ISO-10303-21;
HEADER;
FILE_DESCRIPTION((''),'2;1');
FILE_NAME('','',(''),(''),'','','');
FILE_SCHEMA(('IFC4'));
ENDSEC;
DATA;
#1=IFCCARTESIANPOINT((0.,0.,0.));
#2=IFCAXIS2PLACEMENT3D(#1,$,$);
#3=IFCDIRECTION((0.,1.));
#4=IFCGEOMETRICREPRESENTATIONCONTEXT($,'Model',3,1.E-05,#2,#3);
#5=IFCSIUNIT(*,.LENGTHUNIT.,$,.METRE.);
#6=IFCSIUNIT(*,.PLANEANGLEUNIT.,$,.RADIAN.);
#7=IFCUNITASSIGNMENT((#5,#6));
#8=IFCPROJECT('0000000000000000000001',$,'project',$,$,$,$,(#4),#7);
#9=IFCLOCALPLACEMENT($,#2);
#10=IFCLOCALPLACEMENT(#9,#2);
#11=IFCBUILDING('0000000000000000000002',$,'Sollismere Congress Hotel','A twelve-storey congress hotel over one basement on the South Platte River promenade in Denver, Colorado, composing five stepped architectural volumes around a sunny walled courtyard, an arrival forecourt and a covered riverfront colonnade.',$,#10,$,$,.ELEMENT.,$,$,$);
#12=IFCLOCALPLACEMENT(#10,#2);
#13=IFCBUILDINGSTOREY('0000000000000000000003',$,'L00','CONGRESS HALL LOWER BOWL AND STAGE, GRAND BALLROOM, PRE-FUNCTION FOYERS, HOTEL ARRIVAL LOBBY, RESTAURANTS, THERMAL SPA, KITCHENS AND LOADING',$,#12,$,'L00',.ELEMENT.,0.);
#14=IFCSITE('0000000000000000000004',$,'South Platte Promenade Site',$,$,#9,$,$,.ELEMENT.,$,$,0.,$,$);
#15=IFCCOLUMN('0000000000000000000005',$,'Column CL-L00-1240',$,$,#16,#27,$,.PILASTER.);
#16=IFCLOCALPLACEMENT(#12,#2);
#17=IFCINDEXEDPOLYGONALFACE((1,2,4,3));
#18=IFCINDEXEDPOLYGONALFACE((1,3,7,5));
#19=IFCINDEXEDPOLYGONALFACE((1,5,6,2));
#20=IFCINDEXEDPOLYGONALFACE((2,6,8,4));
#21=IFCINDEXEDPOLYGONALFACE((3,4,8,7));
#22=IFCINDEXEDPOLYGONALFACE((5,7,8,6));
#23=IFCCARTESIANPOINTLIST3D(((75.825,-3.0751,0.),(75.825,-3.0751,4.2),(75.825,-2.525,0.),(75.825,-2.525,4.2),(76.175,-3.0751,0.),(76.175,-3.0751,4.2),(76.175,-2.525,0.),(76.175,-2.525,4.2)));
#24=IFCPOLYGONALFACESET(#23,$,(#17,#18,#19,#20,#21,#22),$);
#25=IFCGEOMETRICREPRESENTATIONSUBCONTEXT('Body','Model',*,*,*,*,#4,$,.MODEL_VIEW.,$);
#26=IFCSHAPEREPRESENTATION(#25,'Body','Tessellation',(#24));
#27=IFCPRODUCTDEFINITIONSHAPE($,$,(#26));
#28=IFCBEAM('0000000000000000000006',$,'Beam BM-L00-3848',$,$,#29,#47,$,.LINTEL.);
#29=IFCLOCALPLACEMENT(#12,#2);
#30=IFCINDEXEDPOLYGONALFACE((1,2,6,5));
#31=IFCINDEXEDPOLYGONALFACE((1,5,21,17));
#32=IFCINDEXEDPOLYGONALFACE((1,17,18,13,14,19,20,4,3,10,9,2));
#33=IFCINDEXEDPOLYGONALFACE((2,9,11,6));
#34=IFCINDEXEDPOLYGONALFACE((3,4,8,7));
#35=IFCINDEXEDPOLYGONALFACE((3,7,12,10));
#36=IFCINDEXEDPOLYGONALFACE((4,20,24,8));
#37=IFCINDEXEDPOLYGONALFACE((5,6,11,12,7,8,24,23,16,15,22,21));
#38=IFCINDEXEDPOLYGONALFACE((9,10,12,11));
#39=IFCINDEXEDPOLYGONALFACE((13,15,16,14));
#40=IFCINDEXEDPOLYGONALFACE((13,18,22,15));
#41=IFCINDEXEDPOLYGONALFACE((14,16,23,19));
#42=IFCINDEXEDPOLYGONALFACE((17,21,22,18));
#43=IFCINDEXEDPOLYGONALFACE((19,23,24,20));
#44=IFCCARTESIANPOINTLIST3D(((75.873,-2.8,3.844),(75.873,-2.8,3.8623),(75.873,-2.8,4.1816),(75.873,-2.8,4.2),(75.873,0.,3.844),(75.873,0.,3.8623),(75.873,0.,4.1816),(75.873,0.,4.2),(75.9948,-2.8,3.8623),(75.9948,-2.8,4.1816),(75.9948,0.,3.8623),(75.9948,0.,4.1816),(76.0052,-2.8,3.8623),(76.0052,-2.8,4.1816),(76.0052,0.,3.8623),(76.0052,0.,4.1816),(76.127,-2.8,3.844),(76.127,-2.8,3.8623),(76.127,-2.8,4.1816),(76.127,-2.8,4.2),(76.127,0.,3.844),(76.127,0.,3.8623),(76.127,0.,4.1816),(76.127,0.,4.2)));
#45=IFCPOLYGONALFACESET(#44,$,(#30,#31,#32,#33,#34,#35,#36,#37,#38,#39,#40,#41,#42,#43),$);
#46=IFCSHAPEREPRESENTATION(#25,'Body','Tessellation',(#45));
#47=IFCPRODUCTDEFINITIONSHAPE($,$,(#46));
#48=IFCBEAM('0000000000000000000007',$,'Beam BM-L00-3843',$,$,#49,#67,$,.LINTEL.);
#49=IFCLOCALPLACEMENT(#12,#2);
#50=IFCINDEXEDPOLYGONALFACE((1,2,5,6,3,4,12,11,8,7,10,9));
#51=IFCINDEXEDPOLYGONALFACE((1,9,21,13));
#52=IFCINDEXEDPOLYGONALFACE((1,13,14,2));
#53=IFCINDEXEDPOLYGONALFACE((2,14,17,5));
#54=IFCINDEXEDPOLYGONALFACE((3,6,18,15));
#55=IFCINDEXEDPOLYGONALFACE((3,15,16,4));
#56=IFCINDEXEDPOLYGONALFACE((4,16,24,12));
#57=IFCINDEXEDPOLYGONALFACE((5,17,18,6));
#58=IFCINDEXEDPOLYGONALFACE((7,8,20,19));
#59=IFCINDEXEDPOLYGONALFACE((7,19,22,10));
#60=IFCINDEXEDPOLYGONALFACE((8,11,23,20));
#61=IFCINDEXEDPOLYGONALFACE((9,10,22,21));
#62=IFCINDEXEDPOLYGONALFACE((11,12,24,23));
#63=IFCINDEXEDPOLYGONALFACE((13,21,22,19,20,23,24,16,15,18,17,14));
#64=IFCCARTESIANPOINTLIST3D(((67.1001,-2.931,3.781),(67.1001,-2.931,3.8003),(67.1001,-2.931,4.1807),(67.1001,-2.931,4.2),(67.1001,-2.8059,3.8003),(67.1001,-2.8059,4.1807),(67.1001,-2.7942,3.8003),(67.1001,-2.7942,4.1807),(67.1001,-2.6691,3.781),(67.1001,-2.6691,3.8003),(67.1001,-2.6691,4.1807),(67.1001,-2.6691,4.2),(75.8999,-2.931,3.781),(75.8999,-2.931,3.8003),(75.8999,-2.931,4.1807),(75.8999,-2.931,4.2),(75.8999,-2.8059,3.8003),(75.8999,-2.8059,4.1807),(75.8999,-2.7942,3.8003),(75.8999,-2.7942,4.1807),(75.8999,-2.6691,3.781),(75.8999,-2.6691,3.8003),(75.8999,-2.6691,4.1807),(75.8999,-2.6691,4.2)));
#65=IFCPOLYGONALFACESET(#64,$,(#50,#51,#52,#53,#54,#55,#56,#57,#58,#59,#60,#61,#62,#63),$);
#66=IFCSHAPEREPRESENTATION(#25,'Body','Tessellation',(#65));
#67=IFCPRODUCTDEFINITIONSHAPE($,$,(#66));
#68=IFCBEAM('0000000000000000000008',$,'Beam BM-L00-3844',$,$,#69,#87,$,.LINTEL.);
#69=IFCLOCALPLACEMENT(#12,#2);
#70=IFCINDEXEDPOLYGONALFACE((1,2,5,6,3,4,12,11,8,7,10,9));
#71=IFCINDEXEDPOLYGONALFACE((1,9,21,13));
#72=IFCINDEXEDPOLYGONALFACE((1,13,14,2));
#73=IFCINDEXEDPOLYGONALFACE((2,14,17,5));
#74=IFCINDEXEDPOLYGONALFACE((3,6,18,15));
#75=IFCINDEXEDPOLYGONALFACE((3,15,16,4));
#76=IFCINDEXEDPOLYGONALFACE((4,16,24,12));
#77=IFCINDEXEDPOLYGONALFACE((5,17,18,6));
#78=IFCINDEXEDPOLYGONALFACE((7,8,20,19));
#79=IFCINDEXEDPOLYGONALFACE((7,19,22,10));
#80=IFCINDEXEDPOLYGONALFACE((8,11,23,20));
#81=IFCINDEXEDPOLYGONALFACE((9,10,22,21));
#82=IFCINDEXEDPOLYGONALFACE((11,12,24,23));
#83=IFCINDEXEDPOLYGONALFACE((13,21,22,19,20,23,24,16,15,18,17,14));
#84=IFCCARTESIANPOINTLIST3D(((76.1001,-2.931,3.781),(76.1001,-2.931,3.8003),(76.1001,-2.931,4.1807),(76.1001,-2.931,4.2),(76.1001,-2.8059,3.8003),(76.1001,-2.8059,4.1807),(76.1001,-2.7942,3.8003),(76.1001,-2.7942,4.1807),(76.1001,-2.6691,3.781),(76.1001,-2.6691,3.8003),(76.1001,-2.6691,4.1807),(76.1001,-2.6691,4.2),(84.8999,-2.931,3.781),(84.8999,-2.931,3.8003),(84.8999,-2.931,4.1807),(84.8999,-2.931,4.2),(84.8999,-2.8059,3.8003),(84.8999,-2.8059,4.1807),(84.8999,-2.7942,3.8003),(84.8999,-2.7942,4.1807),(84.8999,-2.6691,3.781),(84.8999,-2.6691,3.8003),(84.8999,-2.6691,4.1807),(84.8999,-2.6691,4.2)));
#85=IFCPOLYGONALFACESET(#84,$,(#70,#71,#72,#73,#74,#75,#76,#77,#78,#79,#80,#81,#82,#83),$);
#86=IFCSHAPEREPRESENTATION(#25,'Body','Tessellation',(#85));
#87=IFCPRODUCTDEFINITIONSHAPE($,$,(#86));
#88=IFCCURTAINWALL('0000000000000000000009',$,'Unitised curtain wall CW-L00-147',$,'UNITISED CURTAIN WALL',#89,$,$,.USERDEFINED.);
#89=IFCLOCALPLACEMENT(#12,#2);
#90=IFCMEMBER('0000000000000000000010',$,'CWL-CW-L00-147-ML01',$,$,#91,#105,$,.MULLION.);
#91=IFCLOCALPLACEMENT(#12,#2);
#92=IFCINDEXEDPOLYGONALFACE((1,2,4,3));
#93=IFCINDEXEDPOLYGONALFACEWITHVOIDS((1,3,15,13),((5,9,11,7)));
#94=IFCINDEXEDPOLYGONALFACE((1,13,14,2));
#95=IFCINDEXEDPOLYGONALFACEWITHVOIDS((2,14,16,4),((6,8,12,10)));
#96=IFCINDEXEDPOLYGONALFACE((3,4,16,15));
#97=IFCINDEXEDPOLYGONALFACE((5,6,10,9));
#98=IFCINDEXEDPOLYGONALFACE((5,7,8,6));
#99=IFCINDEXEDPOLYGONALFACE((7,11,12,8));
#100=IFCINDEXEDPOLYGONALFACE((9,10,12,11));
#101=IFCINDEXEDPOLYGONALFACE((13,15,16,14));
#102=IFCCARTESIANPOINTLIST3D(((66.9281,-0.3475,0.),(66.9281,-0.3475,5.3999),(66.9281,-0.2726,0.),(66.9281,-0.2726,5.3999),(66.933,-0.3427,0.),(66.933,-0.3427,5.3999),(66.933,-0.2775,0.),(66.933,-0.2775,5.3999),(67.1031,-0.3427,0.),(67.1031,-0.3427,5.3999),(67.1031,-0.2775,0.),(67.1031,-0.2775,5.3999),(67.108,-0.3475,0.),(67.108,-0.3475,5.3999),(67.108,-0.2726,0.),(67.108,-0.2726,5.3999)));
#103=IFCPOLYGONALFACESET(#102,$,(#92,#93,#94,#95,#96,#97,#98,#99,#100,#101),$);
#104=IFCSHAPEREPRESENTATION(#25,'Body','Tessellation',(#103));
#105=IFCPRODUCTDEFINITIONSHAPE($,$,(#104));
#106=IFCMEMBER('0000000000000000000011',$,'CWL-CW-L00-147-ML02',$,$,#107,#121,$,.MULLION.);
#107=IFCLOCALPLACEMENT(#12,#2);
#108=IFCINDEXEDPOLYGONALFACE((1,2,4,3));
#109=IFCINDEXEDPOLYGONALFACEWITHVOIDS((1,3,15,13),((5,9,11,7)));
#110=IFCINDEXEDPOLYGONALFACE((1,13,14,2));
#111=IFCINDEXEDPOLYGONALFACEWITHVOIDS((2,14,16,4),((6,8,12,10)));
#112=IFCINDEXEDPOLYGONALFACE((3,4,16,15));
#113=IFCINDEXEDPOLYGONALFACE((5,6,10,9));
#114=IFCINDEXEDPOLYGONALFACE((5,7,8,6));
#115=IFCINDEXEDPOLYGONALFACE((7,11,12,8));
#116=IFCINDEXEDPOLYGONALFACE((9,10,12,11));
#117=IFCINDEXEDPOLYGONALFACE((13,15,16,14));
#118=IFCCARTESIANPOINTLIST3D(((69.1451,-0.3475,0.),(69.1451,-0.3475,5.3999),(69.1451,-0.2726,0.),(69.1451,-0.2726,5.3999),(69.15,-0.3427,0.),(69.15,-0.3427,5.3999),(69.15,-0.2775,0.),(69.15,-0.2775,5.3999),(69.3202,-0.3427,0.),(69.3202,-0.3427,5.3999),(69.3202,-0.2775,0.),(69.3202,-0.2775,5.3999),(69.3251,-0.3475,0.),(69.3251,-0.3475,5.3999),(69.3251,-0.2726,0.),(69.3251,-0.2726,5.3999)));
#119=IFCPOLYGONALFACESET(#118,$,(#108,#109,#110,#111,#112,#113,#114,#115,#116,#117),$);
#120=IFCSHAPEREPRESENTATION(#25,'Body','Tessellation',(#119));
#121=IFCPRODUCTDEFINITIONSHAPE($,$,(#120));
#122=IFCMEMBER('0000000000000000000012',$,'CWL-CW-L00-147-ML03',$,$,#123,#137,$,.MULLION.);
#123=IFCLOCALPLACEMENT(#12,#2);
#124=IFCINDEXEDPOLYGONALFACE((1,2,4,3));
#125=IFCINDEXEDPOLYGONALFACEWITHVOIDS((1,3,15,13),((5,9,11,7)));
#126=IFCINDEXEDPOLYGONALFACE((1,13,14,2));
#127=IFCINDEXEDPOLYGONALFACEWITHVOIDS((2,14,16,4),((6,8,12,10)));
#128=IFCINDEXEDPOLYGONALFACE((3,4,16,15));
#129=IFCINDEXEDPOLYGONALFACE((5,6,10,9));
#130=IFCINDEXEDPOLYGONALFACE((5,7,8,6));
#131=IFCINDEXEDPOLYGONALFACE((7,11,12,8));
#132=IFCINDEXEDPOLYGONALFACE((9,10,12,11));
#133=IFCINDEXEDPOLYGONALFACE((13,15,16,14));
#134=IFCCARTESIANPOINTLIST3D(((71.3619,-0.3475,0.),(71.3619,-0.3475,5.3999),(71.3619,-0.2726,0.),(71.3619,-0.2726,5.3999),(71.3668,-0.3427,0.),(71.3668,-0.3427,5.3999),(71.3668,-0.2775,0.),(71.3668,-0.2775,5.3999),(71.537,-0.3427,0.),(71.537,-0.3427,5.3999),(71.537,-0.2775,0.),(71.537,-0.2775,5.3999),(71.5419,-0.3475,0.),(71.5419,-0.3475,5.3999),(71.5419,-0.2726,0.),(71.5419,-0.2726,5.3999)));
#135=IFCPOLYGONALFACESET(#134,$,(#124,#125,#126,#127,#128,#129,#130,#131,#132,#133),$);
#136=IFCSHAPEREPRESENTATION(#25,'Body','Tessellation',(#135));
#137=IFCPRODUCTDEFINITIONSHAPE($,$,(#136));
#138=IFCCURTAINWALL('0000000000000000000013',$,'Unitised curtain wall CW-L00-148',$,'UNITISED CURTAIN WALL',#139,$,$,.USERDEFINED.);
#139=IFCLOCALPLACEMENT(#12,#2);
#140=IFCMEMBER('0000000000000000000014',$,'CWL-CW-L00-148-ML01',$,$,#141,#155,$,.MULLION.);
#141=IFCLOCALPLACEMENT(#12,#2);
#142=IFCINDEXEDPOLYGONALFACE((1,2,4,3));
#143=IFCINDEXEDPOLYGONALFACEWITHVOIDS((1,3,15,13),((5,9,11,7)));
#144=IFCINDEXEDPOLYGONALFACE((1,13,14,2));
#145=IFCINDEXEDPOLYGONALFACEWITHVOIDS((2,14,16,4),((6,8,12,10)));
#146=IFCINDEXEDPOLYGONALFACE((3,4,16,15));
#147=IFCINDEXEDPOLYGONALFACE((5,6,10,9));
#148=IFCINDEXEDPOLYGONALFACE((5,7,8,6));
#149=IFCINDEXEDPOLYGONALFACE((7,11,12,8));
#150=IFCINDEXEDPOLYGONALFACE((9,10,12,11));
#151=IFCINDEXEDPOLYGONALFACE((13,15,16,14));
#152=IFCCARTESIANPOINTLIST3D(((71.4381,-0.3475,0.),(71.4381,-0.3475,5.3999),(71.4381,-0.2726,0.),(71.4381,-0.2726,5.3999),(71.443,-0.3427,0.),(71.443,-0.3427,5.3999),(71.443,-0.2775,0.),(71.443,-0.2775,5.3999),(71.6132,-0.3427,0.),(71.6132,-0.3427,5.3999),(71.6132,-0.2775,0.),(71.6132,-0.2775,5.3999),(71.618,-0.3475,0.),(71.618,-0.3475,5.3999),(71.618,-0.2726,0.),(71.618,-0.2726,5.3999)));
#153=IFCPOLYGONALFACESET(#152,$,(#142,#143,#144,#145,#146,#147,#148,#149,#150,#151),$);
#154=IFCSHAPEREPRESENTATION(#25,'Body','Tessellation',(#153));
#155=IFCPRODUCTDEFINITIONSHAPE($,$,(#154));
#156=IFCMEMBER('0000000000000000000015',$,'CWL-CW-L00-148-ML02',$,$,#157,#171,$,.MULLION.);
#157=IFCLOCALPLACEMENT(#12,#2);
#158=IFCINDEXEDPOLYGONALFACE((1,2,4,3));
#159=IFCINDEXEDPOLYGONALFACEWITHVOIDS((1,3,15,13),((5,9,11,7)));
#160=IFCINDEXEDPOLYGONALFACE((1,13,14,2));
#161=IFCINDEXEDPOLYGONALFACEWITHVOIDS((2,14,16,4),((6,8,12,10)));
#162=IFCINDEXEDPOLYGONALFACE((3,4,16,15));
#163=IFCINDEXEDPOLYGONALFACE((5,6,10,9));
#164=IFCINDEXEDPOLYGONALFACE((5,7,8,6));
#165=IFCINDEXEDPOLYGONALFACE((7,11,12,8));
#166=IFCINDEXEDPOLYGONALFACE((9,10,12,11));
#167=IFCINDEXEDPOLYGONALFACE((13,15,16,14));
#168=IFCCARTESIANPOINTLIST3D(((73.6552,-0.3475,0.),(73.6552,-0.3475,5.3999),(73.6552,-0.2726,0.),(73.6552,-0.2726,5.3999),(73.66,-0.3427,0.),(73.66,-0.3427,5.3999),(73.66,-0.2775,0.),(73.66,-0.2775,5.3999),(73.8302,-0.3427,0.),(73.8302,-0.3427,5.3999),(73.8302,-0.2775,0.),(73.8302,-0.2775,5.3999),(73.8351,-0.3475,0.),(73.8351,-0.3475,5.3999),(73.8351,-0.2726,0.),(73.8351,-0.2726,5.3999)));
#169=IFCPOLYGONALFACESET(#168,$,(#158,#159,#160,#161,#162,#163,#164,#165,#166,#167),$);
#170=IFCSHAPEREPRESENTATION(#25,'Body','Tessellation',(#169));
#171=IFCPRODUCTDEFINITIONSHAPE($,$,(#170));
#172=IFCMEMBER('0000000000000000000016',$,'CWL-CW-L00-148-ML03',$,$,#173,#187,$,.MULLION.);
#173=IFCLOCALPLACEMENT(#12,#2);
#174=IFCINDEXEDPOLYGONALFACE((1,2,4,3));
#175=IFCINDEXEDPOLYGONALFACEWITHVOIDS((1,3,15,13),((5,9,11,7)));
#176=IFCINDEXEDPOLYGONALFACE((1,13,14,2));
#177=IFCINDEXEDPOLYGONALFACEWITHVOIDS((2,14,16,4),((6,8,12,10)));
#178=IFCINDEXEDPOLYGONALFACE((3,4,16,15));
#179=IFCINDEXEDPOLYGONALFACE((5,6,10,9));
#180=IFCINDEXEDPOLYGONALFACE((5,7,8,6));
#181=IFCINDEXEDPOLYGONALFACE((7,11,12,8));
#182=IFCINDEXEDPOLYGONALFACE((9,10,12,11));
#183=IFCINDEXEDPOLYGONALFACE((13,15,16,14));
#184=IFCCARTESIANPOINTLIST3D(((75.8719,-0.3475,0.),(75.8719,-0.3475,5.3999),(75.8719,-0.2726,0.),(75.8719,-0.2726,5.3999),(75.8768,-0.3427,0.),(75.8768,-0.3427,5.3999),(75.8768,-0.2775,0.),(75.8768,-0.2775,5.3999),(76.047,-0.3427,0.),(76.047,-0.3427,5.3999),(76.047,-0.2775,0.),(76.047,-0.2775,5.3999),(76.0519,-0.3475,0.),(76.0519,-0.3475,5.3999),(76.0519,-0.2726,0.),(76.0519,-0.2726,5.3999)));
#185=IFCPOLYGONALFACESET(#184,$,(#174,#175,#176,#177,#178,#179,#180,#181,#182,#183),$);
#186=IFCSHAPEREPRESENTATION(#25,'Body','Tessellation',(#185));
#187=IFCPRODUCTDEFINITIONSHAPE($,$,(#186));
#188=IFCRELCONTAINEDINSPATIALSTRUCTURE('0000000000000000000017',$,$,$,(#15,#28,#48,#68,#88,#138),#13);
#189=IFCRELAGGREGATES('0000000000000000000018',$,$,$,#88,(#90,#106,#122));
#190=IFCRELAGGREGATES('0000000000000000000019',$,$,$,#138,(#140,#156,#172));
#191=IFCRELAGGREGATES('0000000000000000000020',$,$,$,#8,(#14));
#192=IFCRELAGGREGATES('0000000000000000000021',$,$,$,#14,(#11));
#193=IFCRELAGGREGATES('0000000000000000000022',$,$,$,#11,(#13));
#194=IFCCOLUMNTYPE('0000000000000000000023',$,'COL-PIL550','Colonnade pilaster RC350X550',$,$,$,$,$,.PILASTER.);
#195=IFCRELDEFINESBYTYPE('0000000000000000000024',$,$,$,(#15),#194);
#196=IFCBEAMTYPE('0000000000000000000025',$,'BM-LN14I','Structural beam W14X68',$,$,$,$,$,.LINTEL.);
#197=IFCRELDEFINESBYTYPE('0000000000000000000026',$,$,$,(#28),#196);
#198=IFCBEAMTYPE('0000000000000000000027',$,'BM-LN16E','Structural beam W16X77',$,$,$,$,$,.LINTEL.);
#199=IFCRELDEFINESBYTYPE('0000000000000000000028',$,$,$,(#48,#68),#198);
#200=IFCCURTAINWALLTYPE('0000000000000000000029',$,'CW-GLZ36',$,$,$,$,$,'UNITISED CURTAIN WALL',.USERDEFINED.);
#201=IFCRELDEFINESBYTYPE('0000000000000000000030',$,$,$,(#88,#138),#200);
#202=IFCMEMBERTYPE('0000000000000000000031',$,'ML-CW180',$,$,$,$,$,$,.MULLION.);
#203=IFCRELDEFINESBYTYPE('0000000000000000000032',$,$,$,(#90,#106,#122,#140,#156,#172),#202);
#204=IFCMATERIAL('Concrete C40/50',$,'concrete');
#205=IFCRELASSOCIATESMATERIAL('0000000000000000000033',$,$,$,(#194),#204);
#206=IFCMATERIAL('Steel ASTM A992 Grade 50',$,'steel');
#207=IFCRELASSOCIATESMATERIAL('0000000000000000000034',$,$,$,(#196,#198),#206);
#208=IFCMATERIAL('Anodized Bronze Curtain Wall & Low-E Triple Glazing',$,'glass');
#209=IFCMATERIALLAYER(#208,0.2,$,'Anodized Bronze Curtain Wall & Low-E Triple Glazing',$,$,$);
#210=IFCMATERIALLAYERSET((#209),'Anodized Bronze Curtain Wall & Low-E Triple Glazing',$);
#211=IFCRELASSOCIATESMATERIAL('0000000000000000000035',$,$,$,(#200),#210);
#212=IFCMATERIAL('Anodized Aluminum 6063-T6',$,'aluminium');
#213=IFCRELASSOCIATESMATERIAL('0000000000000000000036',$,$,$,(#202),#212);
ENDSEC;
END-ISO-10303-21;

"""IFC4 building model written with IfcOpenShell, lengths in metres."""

from ifc_helpers import new_model, si_unit, direction, frame, origin, origin_2d, place, context, subcontext, project, spatial, rectangle, hollow_rectangle, i_section, extrude, material, layer, layer_set, material_profile, profile_set, type_object, element, aggregate, save


model = new_model("IFC4")

# Units and contexts
model_context = context("Model", 3, precision=1e-05, world=origin(), true_north=direction((0.0, 1.0)))
body_context = subcontext(model_context, "Body", "Model", "MODEL_VIEW")
ifc_project = project(units=[si_unit("LENGTHUNIT", "METRE"), si_unit("PLANEANGLEUNIT", "RADIAN")], contexts=[model_context])

# Site, building, storey
site_placement = place(None, origin())
site = spatial("IfcSite", under=ifc_project, at=site_placement, Name="South Platte Promenade Site", CompositionType="ELEMENT", RefElevation=0.0)
building_placement = place(site_placement, origin())
building = spatial("IfcBuilding", under=site, at=building_placement, Name="Sollismere Congress Hotel", Description="A twelve-storey congress hotel over one basement on the South Platte River promenade in Denver, Colorado, composing five stepped architectural volumes around a sunny walled courtyard, an arrival forecourt and a covered riverfront colonnade.", CompositionType="ELEMENT")
storey_placement = place(building_placement, origin())
storey = spatial("IfcBuildingStorey", under=building, at=storey_placement, Name="L00", Description="CONGRESS HALL LOWER BOWL AND STAGE, GRAND BALLROOM, PRE-FUNCTION FOYERS, HOTEL ARRIVAL LOBBY, RESTAURANTS, THERMAL SPA, KITCHENS AND LOADING", LongName="L00", CompositionType="ELEMENT", Elevation=0.0)

# Column
ifc_material_1 = material(Name="Concrete C40/50", Category="concrete")
ifc_material_profile_1 = material_profile(ifc_material_1, rectangle(XDim=0.3501, YDim=0.55, at=origin_2d()), Name="RC350X550")
ifc_profile_set_1 = profile_set([ifc_material_profile_1], Name="Concrete C40/50")
column_type = type_object("IfcColumnType", Name="COL-PIL550", Description="Colonnade pilaster RC350X550", PredefinedType="PILASTER", material=ifc_profile_set_1)
column_placement = place(storey_placement, frame((76.0, -2.8, 0.0), z_axis=(0.0, 0.0, 1.0), x_axis=(1.0, 0.0, 0.0)))
element("IfcColumn", 1, at=column_placement, inside=storey, type_object=column_type, Name="Column CL-L00-1240", PredefinedType="PILASTER", context=body_context, shape_type="SweptSolid", body=[
    extrude(rectangle(XDim=0.3501, YDim=0.55, at=origin_2d()), origin(), (0.0, 0.0, 1.0), 4.2),
])

# Beams
ifc_material_2 = material(Name="Steel ASTM A992 Grade 50", Category="steel")
ifc_material_profile_2 = material_profile(ifc_material_2, i_section(OverallWidth=0.2539, OverallDepth=0.356, WebThickness=0.0105, FlangeThickness=0.0183, at=origin_2d()), Name="W14X68")
ifc_profile_set_2 = profile_set([ifc_material_profile_2], Name="Steel ASTM A992 Grade 50")
beam_type_1 = type_object("IfcBeamType", Name="BM-LN14I", Description="Structural beam W14X68", PredefinedType="LINTEL", material=ifc_profile_set_2)
beam_placement = place(storey_placement, frame((76.0, -2.8, 4.022), z_axis=(0.0, 1.0, 0.0), x_axis=(-1.0, 0.0, 0.0)))
element("IfcBeam", 2, at=beam_placement, inside=storey, type_object=beam_type_1, Name="Beam BM-L00-3848", PredefinedType="LINTEL", context=body_context, shape_type="SweptSolid", body=[
    extrude(i_section(OverallWidth=0.2539, OverallDepth=0.356, WebThickness=0.0105, FlangeThickness=0.0183, at=origin_2d()), origin(), (0.0, 0.0, 1.0), 2.8),
])
ifc_material_profile_3 = material_profile(ifc_material_2, i_section(OverallWidth=0.262, OverallDepth=0.4189, WebThickness=0.0117, FlangeThickness=0.0193, at=origin_2d()), Name="W16X77")
ifc_profile_set_3 = profile_set([ifc_material_profile_3], Name="Steel ASTM A992 Grade 50")
beam_type_2 = type_object("IfcBeamType", Name="BM-LN16E", Description="Structural beam W16X77", PredefinedType="LINTEL", material=ifc_profile_set_3)
for number, where, z_axis, x_axis, name in (
    (3, (67.1001, -2.8, 3.9905), (1.0, 0.0, 0.0), (0.0, 1.0, 0.0), "Beam BM-L00-3843"),
    (4, (76.1001, -2.8, 3.9905), (1.0, 0.0, 0.0), (0.0, 1.0, 0.0), "Beam BM-L00-3844"),
):
    element("IfcBeam", number, at=place(storey_placement, frame(where, z_axis=z_axis, x_axis=x_axis)), inside=storey, type_object=beam_type_2, Name=name, PredefinedType="LINTEL", context=body_context, shape_type="SweptSolid", body=[
        extrude(i_section(OverallWidth=0.262, OverallDepth=0.4189, WebThickness=0.0117, FlangeThickness=0.0193, at=origin_2d()), origin(), (0.0, 0.0, 1.0), 8.7998),
    ])

# Curtain walls, members
ifc_material_3 = material(Name="Anodized Bronze Curtain Wall & Low-E Triple Glazing", Category="glass")
ifc_layer_1 = layer(ifc_material_3, 0.2, Name="Anodized Bronze Curtain Wall & Low-E Triple Glazing")
ifc_layer_set_1 = layer_set([ifc_layer_1], Name="Anodized Bronze Curtain Wall & Low-E Triple Glazing")
curtain_wall_type = type_object("IfcCurtainWallType", Name="CW-GLZ36", ElementType="UNITISED CURTAIN WALL", PredefinedType="USERDEFINED", material=ifc_layer_set_1)
curtain_wall_1_placement = place(storey_placement, origin())
curtain_wall_1 = element("IfcCurtainWall", 5, at=curtain_wall_1_placement, inside=storey, type_object=curtain_wall_type, Name="Unitised curtain wall CW-L00-147", ObjectType="UNITISED CURTAIN WALL", PredefinedType="USERDEFINED")
ifc_material_4 = material(Name="Anodized Aluminum 6063-T6", Category="aluminium")
ifc_material_profile_4 = material_profile(ifc_material_4, hollow_rectangle(XDim=0.075, YDim=0.1799, WallThickness=0.0049, at=origin_2d()), Name="ALU180X75X5")
ifc_profile_set_4 = profile_set([ifc_material_profile_4], Name="Anodized Aluminum 6063-T6")
member_type_1 = type_object("IfcMemberType", Name="ML-CW180", PredefinedType="MULLION", material=ifc_profile_set_4)
member_1_placement = place(storey_placement, frame((67.0181, -0.3101, 0.0), z_axis=(0.0, 0.0, 1.0), x_axis=(0.0, 1.0, 0.0)))
member_1 = element("IfcMember", 6, at=member_1_placement, type_object=member_type_1, Name="CWL-CW-L00-147-ML01", PredefinedType="MULLION", context=body_context, shape_type="SweptSolid", body=[
    extrude(hollow_rectangle(XDim=0.075, YDim=0.1799, WallThickness=0.0049, at=origin_2d()), origin(), (0.0, 0.0, 1.0), 5.3999),
])
member_2_placement = place(storey_placement, frame((69.2351, -0.3101, 0.0), z_axis=(0.0, 0.0, 1.0), x_axis=(0.0, 1.0, 0.0)))
member_2 = element("IfcMember", 7, at=member_2_placement, type_object=member_type_1, Name="CWL-CW-L00-147-ML02", PredefinedType="MULLION", context=body_context, shape_type="SweptSolid", body=[
    extrude(hollow_rectangle(XDim=0.075, YDim=0.1799, WallThickness=0.0049, at=origin_2d()), origin(), (0.0, 0.0, 1.0), 5.3999),
])
member_3_placement = place(storey_placement, frame((71.4519, -0.3101, 0.0), z_axis=(0.0, 0.0, 1.0), x_axis=(0.0, 1.0, 0.0)))
member_3 = element("IfcMember", 8, at=member_3_placement, type_object=member_type_1, Name="CWL-CW-L00-147-ML03", PredefinedType="MULLION", context=body_context, shape_type="SweptSolid", body=[
    extrude(hollow_rectangle(XDim=0.075, YDim=0.1799, WallThickness=0.0049, at=origin_2d()), origin(), (0.0, 0.0, 1.0), 5.3999),
])
curtain_wall_2_placement = place(storey_placement, origin())
curtain_wall_2 = element("IfcCurtainWall", 9, at=curtain_wall_2_placement, inside=storey, type_object=curtain_wall_type, Name="Unitised curtain wall CW-L00-148", ObjectType="UNITISED CURTAIN WALL", PredefinedType="USERDEFINED")
member_4_placement = place(storey_placement, frame((71.5281, -0.3101, 0.0), z_axis=(0.0, 0.0, 1.0), x_axis=(0.0, 1.0, 0.0)))
member_4 = element("IfcMember", 10, at=member_4_placement, type_object=member_type_1, Name="CWL-CW-L00-148-ML01", PredefinedType="MULLION", context=body_context, shape_type="SweptSolid", body=[
    extrude(hollow_rectangle(XDim=0.075, YDim=0.1799, WallThickness=0.0049, at=origin_2d()), origin(), (0.0, 0.0, 1.0), 5.3999),
])
member_5_placement = place(storey_placement, frame((73.7451, -0.3101, 0.0), z_axis=(0.0, 0.0, 1.0), x_axis=(0.0, 1.0, 0.0)))
member_5 = element("IfcMember", 11, at=member_5_placement, type_object=member_type_1, Name="CWL-CW-L00-148-ML02", PredefinedType="MULLION", context=body_context, shape_type="SweptSolid", body=[
    extrude(hollow_rectangle(XDim=0.075, YDim=0.1799, WallThickness=0.0049, at=origin_2d()), origin(), (0.0, 0.0, 1.0), 5.3999),
])
member_6_placement = place(storey_placement, frame((75.9619, -0.3101, 0.0), z_axis=(0.0, 0.0, 1.0), x_axis=(0.0, 1.0, 0.0)))
member_6 = element("IfcMember", 12, at=member_6_placement, type_object=member_type_1, Name="CWL-CW-L00-148-ML03", PredefinedType="MULLION", context=body_context, shape_type="SweptSolid", body=[
    extrude(hollow_rectangle(XDim=0.075, YDim=0.1799, WallThickness=0.0049, at=origin_2d()), origin(), (0.0, 0.0, 1.0), 5.3999),
])

aggregate(curtain_wall_1, [member_1, member_2, member_3])
aggregate(curtain_wall_2, [member_4, member_5, member_6])

save(model, "model.ifc")
